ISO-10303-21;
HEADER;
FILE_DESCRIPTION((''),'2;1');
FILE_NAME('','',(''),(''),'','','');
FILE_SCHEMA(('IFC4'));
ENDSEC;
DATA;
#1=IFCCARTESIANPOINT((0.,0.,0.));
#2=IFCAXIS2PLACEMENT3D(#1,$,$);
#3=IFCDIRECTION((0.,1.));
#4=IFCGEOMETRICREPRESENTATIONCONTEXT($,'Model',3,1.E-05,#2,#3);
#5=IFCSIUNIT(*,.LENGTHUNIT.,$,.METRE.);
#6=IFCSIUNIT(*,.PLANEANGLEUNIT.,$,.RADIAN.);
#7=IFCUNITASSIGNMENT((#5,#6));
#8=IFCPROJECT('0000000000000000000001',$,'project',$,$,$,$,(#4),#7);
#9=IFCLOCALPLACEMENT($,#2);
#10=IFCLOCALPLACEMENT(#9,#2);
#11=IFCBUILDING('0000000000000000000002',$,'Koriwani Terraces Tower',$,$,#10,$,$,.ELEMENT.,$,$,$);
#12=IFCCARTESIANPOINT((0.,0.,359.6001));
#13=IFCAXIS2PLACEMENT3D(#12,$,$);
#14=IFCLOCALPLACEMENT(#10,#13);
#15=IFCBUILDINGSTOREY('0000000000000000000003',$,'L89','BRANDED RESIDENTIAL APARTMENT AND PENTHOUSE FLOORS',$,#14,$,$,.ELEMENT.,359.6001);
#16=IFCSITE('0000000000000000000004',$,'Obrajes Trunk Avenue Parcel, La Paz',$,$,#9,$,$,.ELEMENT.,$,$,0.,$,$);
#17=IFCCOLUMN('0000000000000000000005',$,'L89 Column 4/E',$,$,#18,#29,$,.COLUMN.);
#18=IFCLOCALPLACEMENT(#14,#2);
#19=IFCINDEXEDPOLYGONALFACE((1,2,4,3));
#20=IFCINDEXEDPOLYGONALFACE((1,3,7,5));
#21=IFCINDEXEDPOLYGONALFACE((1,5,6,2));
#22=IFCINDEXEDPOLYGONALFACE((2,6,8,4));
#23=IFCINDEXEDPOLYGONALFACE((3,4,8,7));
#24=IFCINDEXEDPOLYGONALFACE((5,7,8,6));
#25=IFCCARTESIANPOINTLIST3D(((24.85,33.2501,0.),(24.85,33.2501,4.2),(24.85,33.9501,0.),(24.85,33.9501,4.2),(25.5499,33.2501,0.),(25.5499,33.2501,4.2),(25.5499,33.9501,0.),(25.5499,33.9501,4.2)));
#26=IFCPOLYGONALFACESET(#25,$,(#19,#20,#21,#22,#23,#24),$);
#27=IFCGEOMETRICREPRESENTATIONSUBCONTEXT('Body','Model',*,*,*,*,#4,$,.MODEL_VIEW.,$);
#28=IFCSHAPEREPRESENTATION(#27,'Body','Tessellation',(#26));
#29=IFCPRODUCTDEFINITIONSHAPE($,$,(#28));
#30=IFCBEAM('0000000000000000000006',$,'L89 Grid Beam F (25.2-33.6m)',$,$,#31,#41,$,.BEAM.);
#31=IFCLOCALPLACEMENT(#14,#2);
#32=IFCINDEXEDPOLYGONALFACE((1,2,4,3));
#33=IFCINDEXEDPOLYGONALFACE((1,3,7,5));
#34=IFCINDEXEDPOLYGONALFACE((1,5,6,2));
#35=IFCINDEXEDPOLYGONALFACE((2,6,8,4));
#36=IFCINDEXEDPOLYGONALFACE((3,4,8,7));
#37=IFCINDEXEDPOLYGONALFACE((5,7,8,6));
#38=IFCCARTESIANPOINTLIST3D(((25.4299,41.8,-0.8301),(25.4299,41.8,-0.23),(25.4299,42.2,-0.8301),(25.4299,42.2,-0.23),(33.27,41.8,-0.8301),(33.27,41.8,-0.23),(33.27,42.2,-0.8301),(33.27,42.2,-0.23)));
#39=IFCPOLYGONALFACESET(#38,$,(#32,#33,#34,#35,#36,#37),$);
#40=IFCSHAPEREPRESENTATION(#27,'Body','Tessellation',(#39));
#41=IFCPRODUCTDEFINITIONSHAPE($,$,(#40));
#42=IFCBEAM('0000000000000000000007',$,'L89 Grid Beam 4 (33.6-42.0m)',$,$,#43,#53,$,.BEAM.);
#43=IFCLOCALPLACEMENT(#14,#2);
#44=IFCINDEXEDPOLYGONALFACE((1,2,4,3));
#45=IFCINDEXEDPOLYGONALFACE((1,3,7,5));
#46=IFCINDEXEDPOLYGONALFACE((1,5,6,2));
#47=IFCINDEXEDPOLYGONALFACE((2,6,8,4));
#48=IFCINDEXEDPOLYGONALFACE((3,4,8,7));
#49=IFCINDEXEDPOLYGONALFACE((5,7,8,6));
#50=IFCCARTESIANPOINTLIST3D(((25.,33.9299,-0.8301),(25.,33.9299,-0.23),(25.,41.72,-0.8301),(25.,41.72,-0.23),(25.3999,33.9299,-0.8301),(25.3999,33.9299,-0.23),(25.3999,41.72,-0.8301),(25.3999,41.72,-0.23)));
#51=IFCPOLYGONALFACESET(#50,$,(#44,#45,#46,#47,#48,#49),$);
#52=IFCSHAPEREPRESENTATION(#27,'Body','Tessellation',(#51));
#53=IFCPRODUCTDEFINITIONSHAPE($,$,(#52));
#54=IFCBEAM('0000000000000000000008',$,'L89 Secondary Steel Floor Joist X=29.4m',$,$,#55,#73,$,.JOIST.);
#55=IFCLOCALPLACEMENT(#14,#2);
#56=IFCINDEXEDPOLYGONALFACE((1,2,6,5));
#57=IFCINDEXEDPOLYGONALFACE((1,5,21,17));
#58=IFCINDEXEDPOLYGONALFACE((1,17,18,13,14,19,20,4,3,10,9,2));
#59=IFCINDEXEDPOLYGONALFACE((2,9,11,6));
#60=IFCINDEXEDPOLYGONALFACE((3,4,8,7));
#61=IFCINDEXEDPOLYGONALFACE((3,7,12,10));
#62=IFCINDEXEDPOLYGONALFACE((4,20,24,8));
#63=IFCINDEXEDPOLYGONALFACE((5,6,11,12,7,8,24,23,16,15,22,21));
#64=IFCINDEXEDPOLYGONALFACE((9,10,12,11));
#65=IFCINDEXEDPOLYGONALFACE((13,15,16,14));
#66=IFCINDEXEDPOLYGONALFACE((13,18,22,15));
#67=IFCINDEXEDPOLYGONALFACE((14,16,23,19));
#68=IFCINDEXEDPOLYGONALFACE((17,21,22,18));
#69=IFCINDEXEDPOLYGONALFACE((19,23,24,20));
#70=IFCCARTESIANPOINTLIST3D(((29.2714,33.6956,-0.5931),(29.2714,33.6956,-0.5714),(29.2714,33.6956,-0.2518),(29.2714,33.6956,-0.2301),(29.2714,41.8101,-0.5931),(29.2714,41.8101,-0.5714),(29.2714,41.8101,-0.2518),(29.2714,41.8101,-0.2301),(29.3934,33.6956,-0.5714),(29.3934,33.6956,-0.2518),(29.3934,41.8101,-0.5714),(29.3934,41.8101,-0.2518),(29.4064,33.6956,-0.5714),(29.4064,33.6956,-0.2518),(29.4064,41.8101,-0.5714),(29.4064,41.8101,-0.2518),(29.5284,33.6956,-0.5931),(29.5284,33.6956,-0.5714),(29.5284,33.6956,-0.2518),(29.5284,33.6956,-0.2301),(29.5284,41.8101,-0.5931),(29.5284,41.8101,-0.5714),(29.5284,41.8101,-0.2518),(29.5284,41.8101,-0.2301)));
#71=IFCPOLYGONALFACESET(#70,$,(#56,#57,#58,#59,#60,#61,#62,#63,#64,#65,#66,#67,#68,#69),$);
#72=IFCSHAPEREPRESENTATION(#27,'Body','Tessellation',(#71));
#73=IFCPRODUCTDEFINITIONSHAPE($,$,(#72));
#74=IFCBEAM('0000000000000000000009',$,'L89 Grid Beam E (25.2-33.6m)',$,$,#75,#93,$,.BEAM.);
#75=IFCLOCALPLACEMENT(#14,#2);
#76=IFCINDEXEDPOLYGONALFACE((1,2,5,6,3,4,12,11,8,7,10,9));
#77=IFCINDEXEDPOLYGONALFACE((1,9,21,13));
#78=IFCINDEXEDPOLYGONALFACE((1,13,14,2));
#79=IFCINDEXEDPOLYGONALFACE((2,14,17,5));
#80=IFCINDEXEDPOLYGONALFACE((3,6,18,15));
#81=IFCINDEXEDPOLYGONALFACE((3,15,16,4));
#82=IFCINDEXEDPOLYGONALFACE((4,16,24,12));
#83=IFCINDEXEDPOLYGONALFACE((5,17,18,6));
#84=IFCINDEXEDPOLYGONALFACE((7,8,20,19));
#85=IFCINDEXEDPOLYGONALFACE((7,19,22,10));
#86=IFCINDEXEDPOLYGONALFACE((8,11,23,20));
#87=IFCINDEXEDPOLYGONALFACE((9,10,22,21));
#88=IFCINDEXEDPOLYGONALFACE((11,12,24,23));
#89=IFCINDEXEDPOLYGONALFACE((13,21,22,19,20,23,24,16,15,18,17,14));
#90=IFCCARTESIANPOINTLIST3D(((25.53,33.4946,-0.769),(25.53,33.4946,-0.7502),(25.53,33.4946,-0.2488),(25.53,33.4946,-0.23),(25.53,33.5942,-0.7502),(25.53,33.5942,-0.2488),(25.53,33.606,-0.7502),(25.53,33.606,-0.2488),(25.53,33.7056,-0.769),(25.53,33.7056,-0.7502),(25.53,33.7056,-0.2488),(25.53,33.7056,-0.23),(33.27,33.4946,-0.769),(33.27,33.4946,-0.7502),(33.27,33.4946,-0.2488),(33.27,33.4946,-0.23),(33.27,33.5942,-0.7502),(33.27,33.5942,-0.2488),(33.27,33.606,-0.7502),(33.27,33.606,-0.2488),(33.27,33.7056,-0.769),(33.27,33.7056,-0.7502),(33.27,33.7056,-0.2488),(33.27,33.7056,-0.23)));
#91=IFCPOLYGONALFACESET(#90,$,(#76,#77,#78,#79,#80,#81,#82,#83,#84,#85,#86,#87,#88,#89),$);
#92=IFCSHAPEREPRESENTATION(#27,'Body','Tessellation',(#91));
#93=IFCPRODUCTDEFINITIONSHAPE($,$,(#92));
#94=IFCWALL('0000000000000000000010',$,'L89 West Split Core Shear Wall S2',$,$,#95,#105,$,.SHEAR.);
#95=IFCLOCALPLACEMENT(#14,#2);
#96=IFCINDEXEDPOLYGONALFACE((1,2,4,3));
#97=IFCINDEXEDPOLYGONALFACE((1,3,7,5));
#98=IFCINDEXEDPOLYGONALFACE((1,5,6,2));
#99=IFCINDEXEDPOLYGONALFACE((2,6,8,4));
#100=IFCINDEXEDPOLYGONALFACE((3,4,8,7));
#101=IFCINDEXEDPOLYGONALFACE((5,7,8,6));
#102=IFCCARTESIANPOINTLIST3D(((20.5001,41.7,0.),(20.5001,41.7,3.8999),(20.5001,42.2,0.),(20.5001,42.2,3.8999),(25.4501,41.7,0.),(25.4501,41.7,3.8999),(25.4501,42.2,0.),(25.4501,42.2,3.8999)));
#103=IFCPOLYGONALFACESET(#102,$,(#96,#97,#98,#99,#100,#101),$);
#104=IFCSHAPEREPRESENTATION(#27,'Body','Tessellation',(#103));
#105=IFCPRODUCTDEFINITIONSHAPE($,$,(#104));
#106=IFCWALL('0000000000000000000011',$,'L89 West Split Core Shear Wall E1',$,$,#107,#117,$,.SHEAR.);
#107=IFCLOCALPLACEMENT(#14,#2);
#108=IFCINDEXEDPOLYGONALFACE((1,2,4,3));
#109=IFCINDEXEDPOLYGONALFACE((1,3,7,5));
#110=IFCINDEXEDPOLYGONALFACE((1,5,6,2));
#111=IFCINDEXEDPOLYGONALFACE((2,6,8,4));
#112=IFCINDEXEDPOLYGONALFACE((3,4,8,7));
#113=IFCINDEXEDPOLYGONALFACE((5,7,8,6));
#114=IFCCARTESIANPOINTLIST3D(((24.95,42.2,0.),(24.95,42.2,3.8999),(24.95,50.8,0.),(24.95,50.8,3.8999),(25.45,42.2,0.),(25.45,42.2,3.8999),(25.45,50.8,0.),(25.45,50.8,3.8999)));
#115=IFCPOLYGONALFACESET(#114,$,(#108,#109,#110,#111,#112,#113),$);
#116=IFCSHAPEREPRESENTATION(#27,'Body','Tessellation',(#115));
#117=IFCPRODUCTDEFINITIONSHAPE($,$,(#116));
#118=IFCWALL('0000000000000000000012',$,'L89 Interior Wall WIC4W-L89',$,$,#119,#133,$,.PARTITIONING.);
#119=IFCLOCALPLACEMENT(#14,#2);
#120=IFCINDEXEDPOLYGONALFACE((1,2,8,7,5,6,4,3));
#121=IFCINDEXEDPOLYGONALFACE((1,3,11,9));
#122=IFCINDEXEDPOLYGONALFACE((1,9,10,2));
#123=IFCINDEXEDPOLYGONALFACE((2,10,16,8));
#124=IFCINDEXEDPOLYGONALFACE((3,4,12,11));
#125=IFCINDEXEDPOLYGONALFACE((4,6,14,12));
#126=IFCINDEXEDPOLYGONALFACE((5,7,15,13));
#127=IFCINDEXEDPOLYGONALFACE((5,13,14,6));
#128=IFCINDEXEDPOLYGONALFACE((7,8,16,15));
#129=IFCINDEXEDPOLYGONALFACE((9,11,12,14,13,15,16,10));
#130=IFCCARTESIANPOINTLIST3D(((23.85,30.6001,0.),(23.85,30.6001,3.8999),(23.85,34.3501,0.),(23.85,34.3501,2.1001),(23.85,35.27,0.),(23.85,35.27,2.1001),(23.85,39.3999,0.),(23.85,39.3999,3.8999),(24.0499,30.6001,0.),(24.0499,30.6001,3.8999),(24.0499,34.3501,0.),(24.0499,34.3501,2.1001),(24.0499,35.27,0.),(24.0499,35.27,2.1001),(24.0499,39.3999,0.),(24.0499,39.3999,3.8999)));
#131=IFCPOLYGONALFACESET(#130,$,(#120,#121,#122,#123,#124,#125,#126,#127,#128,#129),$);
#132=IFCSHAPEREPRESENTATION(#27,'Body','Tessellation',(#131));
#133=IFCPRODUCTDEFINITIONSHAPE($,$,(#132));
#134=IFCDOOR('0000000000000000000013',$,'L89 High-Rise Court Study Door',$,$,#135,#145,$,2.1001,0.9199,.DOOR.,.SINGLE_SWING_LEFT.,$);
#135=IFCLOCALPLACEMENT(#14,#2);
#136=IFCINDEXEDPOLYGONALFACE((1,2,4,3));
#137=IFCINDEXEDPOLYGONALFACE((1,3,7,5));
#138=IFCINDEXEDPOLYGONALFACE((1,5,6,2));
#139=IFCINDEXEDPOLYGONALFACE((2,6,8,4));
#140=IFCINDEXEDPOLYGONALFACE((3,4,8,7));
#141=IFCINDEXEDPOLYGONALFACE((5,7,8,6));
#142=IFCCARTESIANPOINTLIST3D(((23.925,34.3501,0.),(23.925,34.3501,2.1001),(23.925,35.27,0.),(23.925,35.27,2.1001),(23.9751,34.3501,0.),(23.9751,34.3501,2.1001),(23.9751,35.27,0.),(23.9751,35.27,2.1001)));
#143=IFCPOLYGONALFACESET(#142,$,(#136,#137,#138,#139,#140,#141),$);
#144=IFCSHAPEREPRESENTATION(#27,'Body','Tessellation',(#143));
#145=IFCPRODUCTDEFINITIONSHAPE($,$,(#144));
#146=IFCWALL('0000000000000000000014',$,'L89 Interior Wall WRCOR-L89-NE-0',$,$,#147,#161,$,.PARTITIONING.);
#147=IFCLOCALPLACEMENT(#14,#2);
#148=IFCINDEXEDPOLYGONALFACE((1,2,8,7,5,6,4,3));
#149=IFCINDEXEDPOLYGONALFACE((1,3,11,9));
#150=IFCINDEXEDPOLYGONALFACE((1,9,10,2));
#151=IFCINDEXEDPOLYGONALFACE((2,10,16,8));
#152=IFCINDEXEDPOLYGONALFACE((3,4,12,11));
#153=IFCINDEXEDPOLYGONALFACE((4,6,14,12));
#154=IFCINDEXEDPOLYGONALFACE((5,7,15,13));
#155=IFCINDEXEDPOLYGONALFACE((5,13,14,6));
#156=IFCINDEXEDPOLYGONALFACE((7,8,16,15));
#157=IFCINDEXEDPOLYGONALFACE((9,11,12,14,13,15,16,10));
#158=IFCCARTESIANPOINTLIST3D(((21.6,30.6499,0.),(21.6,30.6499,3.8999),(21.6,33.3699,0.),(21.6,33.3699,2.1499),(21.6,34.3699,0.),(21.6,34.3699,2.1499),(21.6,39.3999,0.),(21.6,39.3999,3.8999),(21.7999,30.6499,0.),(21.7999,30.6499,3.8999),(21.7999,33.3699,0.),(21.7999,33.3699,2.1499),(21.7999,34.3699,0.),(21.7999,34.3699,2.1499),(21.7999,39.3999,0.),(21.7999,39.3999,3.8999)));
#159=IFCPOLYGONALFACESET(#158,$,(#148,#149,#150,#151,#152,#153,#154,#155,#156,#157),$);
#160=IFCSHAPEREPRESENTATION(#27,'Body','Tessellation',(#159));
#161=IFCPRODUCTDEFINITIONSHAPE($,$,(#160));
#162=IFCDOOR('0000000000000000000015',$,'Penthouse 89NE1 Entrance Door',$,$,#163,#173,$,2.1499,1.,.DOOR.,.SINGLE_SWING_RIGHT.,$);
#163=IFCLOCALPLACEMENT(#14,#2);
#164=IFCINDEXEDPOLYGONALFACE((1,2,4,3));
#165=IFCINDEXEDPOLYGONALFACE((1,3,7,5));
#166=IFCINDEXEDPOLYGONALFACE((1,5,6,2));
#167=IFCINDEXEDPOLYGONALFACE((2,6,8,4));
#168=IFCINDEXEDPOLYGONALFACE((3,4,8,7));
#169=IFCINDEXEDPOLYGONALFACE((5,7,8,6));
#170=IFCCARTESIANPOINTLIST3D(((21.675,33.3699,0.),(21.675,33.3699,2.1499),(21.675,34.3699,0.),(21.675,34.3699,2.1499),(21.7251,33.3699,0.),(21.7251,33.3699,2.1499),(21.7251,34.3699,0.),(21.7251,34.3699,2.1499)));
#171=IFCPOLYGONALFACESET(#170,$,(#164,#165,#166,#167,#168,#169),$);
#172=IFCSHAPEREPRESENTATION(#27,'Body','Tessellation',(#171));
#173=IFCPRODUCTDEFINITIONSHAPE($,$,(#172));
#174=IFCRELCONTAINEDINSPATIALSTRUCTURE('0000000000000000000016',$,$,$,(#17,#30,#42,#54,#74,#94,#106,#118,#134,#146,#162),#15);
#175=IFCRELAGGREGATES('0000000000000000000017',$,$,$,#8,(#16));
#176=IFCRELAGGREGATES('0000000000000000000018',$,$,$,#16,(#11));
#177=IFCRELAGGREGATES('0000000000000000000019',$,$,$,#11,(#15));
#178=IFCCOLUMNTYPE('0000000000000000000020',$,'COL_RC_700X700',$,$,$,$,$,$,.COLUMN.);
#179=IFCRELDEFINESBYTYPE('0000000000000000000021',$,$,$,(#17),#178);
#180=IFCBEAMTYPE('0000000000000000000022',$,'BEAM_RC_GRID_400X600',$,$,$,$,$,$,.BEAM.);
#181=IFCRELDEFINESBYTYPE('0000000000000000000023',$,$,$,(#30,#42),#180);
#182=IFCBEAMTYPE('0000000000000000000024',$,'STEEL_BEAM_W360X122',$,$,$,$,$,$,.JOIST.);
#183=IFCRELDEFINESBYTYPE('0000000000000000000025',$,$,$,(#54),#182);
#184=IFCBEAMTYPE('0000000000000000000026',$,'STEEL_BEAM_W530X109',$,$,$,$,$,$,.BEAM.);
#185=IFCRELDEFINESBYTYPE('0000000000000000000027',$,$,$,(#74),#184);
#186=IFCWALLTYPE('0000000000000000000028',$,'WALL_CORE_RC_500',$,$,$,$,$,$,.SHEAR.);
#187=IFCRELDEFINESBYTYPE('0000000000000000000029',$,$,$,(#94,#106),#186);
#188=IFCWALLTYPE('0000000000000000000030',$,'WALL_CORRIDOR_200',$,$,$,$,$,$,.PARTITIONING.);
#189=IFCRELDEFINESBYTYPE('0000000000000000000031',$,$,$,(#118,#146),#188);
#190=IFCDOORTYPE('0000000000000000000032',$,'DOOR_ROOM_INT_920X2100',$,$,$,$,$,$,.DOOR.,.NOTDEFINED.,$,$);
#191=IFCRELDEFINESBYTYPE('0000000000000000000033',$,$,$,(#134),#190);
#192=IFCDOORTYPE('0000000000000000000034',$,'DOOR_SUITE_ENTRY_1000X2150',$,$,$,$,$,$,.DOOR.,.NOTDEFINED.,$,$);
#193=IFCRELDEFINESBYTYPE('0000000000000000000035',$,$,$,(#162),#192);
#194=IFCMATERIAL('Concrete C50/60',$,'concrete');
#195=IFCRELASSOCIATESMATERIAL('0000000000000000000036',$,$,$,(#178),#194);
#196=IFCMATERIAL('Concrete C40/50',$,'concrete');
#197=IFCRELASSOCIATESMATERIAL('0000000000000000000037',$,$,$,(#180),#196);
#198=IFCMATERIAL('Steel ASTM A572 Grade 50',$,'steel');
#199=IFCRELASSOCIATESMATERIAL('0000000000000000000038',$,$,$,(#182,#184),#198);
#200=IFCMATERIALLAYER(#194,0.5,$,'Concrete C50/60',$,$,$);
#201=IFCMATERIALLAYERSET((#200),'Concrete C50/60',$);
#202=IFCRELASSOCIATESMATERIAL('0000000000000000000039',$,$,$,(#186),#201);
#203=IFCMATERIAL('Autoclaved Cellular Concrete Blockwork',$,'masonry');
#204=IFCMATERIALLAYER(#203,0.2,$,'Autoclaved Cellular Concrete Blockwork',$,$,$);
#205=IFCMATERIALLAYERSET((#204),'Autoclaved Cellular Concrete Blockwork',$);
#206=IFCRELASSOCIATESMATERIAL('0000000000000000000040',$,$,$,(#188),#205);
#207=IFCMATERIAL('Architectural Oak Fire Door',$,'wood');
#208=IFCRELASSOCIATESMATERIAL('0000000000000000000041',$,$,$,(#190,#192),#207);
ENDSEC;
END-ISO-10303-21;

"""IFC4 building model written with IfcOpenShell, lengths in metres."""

from ifc_helpers import new_model, si_unit, direction, frame, frame_2d, origin, origin_2d, place, context, subcontext, project, spatial, rectangle, i_section, extrude, material, layer, layer_set, material_profile, profile_set, type_object, element, fill, save


model = new_model("IFC4")

# Units and contexts
model_context = context("Model", 3, precision=1e-05, world=origin(), true_north=direction((0.0, 1.0)))
body_context = subcontext(model_context, "Body", "Model", "MODEL_VIEW")
ifc_project = project(units=[si_unit("LENGTHUNIT", "METRE"), si_unit("PLANEANGLEUNIT", "RADIAN")], contexts=[model_context])

# Site, building, storey
site_placement = place(None, origin())
site = spatial("IfcSite", under=ifc_project, at=site_placement, Name="Obrajes Trunk Avenue Parcel, La Paz", CompositionType="ELEMENT", RefElevation=0.0)
building_placement = place(site_placement, origin())
building = spatial("IfcBuilding", under=site, at=building_placement, Name="Koriwani Terraces Tower", CompositionType="ELEMENT")
storey_placement = place(building_placement, frame((0.0, 0.0, 359.6001)))
storey = spatial("IfcBuildingStorey", under=building, at=storey_placement, Name="L89", Description="BRANDED RESIDENTIAL APARTMENT AND PENTHOUSE FLOORS", CompositionType="ELEMENT", Elevation=359.6001)

# Column
ifc_material_1 = material(Name="Concrete C50/60", Category="concrete")
ifc_material_profile_1 = material_profile(ifc_material_1, rectangle(XDim=0.7, YDim=0.7, at=origin_2d()), Name="Concrete C50/60", Category="LoadBearing")
ifc_profile_set_1 = profile_set([ifc_material_profile_1], Name="Concrete C50/60")
column_type = type_object("IfcColumnType", Name="COL_RC_700X700", PredefinedType="COLUMN", material=ifc_profile_set_1)
column_placement = place(storey_placement, frame((25.2, 33.6001, 0.0), z_axis=(0.0, 0.0, 1.0), x_axis=(1.0, 0.0, 0.0)))
element("IfcColumn", 1, at=column_placement, inside=storey, type_object=column_type, Name="L89 Column 4/E", PredefinedType="COLUMN", context=body_context, shape_type="SweptSolid", body=[
    extrude(rectangle(XDim=0.7, YDim=0.7, at=origin_2d()), origin(), (0.0, 0.0, 1.0), 4.2),
])

# Beams
ifc_material_2 = material(Name="Concrete C40/50", Category="concrete")
ifc_material_profile_2 = material_profile(ifc_material_2, rectangle(XDim=0.3999, YDim=0.6001, at=origin_2d()), Name="Concrete C40/50", Category="LoadBearing")
ifc_profile_set_2 = profile_set([ifc_material_profile_2], Name="Concrete C40/50")
beam_type_1 = type_object("IfcBeamType", Name="BEAM_RC_GRID_400X600", PredefinedType="BEAM", material=ifc_profile_set_2)
beam_1_placement = place(storey_placement, frame((25.4299, 42.0, -0.53), z_axis=(1.0, 0.0, 0.0), x_axis=(0.0, 1.0, 0.0)))
element("IfcBeam", 2, at=beam_1_placement, inside=storey, type_object=beam_type_1, Name="L89 Grid Beam F (25.2-33.6m)", PredefinedType="BEAM", context=body_context, shape_type="SweptSolid", body=[
    extrude(rectangle(XDim=0.3999, YDim=0.6001, at=origin_2d()), origin(), (0.0, 0.0, 1.0), 7.8401),
])
beam_2_placement = place(storey_placement, frame((25.2, 33.9299, -0.53), z_axis=(0.0, 1.0, 0.0), x_axis=(-1.0, 0.0, 0.0)))
element("IfcBeam", 3, at=beam_2_placement, inside=storey, type_object=beam_type_1, Name="L89 Grid Beam 4 (33.6-42.0m)", PredefinedType="BEAM", context=body_context, shape_type="SweptSolid", body=[
    extrude(rectangle(XDim=0.3999, YDim=0.6001, at=origin_2d()), origin(), (0.0, 0.0, 1.0), 7.79),
])
ifc_material_3 = material(Name="Steel ASTM A572 Grade 50", Category="steel")
ifc_material_profile_3 = material_profile(ifc_material_3, i_section(OverallWidth=0.2571, OverallDepth=0.363, WebThickness=0.0129, FlangeThickness=0.0217, at=origin_2d()), Name="Steel ASTM A572 Grade 50", Category="LoadBearing")
ifc_profile_set_3 = profile_set([ifc_material_profile_3], Name="Steel ASTM A572 Grade 50")
beam_type_2 = type_object("IfcBeamType", Name="STEEL_BEAM_W360X122", PredefinedType="JOIST", material=ifc_profile_set_3)
beam_3_placement = place(storey_placement, frame((29.3999, 33.6956, -0.4116), z_axis=(0.0, 1.0, 0.0), x_axis=(-1.0, 0.0, 0.0)))
element("IfcBeam", 4, at=beam_3_placement, inside=storey, type_object=beam_type_2, Name="L89 Secondary Steel Floor Joist X=29.4m", PredefinedType="JOIST", context=body_context, shape_type="SweptSolid", body=[
    extrude(i_section(OverallWidth=0.2571, OverallDepth=0.363, WebThickness=0.0129, FlangeThickness=0.0217, at=origin_2d()), origin(), (0.0, 0.0, 1.0), 8.1145),
])
ifc_material_profile_4 = material_profile(ifc_material_3, i_section(OverallWidth=0.2109, OverallDepth=0.5391, WebThickness=0.0117, FlangeThickness=0.0188, at=origin_2d()), Name="Steel ASTM A572 Grade 50", Category="LoadBearing")
ifc_profile_set_4 = profile_set([ifc_material_profile_4], Name="Steel ASTM A572 Grade 50")
beam_type_3 = type_object("IfcBeamType", Name="STEEL_BEAM_W530X109", PredefinedType="BEAM", material=ifc_profile_set_4)
beam_4_placement = place(storey_placement, frame((25.53, 33.6001, -0.4995), z_axis=(1.0, 0.0, 0.0), x_axis=(0.0, 1.0, 0.0)))
element("IfcBeam", 5, at=beam_4_placement, inside=storey, type_object=beam_type_3, Name="L89 Grid Beam E (25.2-33.6m)", PredefinedType="BEAM", context=body_context, shape_type="SweptSolid", body=[
    extrude(i_section(OverallWidth=0.2109, OverallDepth=0.5391, WebThickness=0.0117, FlangeThickness=0.0188, at=origin_2d()), origin(), (0.0, 0.0, 1.0), 7.74),
])

# Walls
ifc_layer_1 = layer(ifc_material_1, 0.5, Name="Concrete C50/60")
ifc_layer_set_1 = layer_set([ifc_layer_1], Name="Concrete C50/60")
wall_type_1 = type_object("IfcWallType", Name="WALL_CORE_RC_500", PredefinedType="SHEAR", material=ifc_layer_set_1)
wall_1_placement = place(storey_placement, frame((20.5, 41.95, 0.0), z_axis=(0.0, 0.0, 1.0), x_axis=(1.0, 0.0, 0.0)))
element("IfcWall", 6, at=wall_1_placement, inside=storey, type_object=wall_type_1, Name="L89 West Split Core Shear Wall S2", PredefinedType="SHEAR", context=body_context, shape_type="SweptSolid", body=[
    extrude(rectangle(XDim=4.95, YDim=0.5, at=frame_2d((2.4751, 0.0))), origin(), (0.0, 0.0, 1.0), 3.8999),
])
wall_2_placement = place(storey_placement, frame((25.2, 42.2, 0.0), z_axis=(0.0, 0.0, 1.0), x_axis=(0.0, 1.0, 0.0)))
element("IfcWall", 7, at=wall_2_placement, inside=storey, type_object=wall_type_1, Name="L89 West Split Core Shear Wall E1", PredefinedType="SHEAR", context=body_context, shape_type="SweptSolid", body=[
    extrude(rectangle(XDim=8.6001, YDim=0.5, at=frame_2d((4.3, 0.0))), origin(), (0.0, 0.0, 1.0), 3.8999),
])

# Walls, openings, doors
ifc_material_4 = material(Name="Autoclaved Cellular Concrete Blockwork", Category="masonry")
ifc_layer_2 = layer(ifc_material_4, 0.2, Name="Autoclaved Cellular Concrete Blockwork")
ifc_layer_set_2 = layer_set([ifc_layer_2], Name="Autoclaved Cellular Concrete Blockwork")
wall_type_2 = type_object("IfcWallType", Name="WALL_CORRIDOR_200", PredefinedType="PARTITIONING", material=ifc_layer_set_2)
wall_3_placement = place(storey_placement, frame((23.95, 30.6001, 0.0), z_axis=(0.0, 0.0, 1.0), x_axis=(0.0, 1.0, 0.0)))
wall_3 = element("IfcWall", 8, at=wall_3_placement, inside=storey, type_object=wall_type_2, Name="L89 Interior Wall WIC4W-L89", PredefinedType="PARTITIONING", context=body_context, shape_type="SweptSolid", body=[
    extrude(rectangle(XDim=8.7998, YDim=0.2, at=frame_2d((4.3999, 0.0))), origin(), (0.0, 0.0, 1.0), 3.8999),
])
opening_1_placement = place(wall_3_placement, frame((3.75, 0.0, 0.0)))
opening_1 = element("IfcOpeningElement", 9, at=opening_1_placement, cuts=wall_3, PredefinedType="OPENING", context=body_context, shape_type="SweptSolid", body=[
    extrude(rectangle(XDim=0.9199, YDim=2.1001, at=frame_2d((0.46, 1.05))), frame((0.0, 0.1099, 0.0), z_axis=(0.0, -1.0, 0.0), x_axis=(1.0, 0.0, 0.0)), (0.0, 0.0, 1.0), 0.22),
])
ifc_material_5 = material(Name="Architectural Oak Fire Door", Category="wood")
door_type_1 = type_object("IfcDoorType", Name="DOOR_ROOM_INT_920X2100", OperationType="NOTDEFINED", PredefinedType="DOOR", material=ifc_material_5)
door_1_placement = place(opening_1_placement, origin())
door_1 = element("IfcDoor", 10, at=door_1_placement, inside=storey, type_object=door_type_1, Name="L89 High-Rise Court Study Door", OperationType="SINGLE_SWING_LEFT", OverallHeight=2.1001, OverallWidth=0.9199, PredefinedType="DOOR", context=body_context, shape_type="SweptSolid", body=[
    extrude(rectangle(XDim=0.9199, YDim=2.1001, at=frame_2d((0.46, 1.05))), frame((0.0, 0.0249, 0.0), z_axis=(0.0, -1.0, 0.0), x_axis=(1.0, 0.0, 0.0)), (0.0, 0.0, 1.0), 0.05),
])
fill(opening_1, door_1)
wall_4_placement = place(storey_placement, frame((21.7, 30.6499, 0.0), z_axis=(0.0, 0.0, 1.0), x_axis=(0.0, 1.0, 0.0)))
wall_4 = element("IfcWall", 11, at=wall_4_placement, inside=storey, type_object=wall_type_2, Name="L89 Interior Wall WRCOR-L89-NE-0", PredefinedType="PARTITIONING", context=body_context, shape_type="SweptSolid", body=[
    extrude(rectangle(XDim=8.75, YDim=0.2, at=frame_2d((4.375, 0.0))), origin(), (0.0, 0.0, 1.0), 3.8999),
])
opening_2_placement = place(wall_4_placement, frame((2.72, 0.0, 0.0)))
opening_2 = element("IfcOpeningElement", 12, at=opening_2_placement, cuts=wall_4, PredefinedType="OPENING", context=body_context, shape_type="SweptSolid", body=[
    extrude(rectangle(XDim=1.0, YDim=2.1499, at=frame_2d((0.5, 1.075))), frame((0.0, 0.1099, 0.0), z_axis=(0.0, -1.0, 0.0), x_axis=(1.0, 0.0, 0.0)), (0.0, 0.0, 1.0), 0.22),
])
door_type_2 = type_object("IfcDoorType", Name="DOOR_SUITE_ENTRY_1000X2150", OperationType="NOTDEFINED", PredefinedType="DOOR", material=ifc_material_5)
door_2_placement = place(opening_2_placement, origin())
door_2 = element("IfcDoor", 13, at=door_2_placement, inside=storey, type_object=door_type_2, Name="Penthouse 89NE1 Entrance Door", OperationType="SINGLE_SWING_RIGHT", OverallHeight=2.1499, OverallWidth=1.0, PredefinedType="DOOR", context=body_context, shape_type="SweptSolid", body=[
    extrude(rectangle(XDim=1.0, YDim=2.1499, at=frame_2d((0.5, 1.075))), frame((0.0, 0.0249, 0.0), z_axis=(0.0, -1.0, 0.0), x_axis=(1.0, 0.0, 0.0)), (0.0, 0.0, 1.0), 0.05),
])
fill(opening_2, door_2)

save(model, "model.ifc")
